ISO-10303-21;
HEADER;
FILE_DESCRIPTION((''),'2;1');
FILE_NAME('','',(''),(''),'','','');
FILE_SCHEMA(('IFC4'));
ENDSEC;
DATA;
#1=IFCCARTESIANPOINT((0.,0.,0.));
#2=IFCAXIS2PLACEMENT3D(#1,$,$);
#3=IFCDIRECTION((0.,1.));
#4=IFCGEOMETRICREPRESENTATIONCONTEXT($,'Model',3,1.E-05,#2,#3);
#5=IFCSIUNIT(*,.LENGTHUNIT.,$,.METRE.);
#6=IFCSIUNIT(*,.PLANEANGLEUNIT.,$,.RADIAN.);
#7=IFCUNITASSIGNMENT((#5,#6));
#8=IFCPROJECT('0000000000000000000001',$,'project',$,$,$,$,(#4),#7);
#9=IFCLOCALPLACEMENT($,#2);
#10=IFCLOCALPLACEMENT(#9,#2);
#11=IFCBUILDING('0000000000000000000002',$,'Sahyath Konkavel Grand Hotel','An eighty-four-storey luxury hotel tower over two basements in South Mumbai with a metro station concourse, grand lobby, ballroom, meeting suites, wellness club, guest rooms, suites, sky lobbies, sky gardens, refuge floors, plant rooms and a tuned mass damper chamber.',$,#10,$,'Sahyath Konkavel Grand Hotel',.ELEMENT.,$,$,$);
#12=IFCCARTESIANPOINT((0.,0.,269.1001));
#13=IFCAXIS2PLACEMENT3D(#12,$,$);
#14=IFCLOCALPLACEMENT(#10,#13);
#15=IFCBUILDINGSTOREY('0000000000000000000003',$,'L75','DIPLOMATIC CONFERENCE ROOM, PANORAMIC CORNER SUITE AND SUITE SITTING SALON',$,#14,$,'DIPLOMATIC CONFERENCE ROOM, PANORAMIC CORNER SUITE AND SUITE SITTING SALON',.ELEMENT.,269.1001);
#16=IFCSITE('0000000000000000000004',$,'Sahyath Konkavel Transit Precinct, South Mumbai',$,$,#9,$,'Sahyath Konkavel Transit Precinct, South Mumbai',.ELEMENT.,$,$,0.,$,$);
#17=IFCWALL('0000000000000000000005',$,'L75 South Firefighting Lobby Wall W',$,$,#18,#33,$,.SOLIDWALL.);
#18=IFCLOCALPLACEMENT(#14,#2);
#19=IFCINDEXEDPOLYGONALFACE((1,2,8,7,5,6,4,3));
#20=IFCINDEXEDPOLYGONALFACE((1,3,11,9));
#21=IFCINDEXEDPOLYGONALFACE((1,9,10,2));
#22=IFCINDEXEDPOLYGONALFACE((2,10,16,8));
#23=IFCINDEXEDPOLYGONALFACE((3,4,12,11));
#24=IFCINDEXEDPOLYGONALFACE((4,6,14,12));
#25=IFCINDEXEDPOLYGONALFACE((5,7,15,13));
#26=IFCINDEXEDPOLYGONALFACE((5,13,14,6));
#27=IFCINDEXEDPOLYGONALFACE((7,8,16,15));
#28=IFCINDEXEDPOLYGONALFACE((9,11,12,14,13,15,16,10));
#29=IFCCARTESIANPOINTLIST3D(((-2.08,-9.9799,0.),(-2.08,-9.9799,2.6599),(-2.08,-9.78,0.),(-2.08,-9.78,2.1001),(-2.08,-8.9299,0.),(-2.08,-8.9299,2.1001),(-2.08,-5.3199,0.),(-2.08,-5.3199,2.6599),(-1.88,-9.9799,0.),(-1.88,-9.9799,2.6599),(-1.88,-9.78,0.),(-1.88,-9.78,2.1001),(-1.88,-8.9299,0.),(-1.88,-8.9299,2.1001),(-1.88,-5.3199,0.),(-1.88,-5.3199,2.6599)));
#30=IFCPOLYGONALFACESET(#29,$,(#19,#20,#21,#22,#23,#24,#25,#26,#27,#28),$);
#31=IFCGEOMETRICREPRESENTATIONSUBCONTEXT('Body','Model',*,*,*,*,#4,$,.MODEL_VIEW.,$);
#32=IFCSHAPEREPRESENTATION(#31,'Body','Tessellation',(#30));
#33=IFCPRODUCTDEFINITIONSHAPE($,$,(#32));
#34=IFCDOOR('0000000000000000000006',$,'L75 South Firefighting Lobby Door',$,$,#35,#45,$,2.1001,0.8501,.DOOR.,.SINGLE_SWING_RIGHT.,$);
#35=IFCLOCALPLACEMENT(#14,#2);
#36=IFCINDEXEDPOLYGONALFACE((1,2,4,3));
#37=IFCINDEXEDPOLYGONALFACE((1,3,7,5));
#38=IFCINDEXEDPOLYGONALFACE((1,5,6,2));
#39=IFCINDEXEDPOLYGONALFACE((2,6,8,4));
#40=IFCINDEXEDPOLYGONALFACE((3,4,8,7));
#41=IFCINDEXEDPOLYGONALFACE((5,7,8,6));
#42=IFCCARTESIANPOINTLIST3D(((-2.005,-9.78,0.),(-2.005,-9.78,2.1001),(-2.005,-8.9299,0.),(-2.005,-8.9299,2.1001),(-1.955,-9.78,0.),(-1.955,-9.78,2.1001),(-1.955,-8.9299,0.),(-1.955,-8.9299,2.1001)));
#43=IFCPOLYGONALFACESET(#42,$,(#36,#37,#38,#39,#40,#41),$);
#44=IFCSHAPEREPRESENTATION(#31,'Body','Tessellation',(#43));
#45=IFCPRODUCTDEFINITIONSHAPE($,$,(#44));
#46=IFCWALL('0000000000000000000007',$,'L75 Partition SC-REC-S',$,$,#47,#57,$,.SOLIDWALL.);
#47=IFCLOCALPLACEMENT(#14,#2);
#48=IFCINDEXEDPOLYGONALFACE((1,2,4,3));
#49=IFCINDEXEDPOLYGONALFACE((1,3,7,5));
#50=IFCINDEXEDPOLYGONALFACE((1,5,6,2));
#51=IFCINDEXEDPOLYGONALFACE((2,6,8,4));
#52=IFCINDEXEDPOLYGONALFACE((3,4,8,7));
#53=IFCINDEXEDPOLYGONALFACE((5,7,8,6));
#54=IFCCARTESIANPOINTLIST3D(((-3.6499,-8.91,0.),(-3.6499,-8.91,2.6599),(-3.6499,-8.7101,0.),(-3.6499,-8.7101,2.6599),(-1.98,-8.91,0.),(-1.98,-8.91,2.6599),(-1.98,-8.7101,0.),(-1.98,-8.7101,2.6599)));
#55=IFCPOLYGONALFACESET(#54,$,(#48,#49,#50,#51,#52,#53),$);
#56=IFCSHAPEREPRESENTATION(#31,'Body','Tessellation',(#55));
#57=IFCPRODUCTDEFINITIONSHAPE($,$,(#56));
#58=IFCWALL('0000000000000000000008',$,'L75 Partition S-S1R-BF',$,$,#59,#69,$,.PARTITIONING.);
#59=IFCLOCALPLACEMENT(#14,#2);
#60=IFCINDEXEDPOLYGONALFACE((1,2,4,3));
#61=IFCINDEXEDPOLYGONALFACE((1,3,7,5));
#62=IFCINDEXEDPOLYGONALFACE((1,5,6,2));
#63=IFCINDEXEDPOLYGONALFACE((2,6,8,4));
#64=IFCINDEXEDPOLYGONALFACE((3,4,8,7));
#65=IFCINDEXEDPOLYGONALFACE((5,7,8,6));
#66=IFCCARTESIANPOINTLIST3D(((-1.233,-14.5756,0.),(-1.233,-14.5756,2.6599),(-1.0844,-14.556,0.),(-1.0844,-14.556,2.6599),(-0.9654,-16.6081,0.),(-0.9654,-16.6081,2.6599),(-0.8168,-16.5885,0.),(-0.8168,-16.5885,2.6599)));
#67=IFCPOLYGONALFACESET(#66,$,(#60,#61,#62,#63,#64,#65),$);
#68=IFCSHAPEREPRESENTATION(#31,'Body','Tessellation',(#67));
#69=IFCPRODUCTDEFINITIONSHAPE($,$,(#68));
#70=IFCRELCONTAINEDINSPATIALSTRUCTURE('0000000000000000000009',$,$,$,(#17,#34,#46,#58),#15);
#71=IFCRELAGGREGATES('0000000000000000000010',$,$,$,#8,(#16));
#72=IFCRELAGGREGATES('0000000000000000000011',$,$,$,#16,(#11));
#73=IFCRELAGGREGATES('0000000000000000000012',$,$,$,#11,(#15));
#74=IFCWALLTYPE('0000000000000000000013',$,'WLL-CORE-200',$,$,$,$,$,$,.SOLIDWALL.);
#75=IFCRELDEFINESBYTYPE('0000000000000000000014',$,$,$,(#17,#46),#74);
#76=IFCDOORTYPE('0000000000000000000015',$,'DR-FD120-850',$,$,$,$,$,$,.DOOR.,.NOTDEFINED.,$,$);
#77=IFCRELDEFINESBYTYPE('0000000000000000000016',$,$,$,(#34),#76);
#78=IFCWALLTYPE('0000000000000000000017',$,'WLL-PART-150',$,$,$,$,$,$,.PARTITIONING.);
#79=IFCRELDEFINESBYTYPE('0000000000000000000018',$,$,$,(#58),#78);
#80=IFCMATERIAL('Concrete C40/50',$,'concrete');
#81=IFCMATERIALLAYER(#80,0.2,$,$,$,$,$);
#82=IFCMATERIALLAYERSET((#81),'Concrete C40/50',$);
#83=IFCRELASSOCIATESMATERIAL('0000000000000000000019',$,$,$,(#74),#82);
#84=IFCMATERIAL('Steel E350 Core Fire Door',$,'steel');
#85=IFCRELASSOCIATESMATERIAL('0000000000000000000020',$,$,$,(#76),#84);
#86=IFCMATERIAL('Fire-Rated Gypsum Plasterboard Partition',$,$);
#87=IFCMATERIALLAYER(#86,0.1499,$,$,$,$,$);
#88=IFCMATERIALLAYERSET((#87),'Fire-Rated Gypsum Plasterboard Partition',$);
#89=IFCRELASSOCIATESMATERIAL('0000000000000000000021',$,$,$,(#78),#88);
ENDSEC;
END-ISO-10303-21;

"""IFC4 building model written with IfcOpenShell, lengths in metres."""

from ifc_helpers import new_model, si_unit, direction, frame, frame_2d, origin, origin_2d, place, context, subcontext, project, spatial, rectangle, extrude, source, transform, mapped, material, layer, layer_set, type_object, element, fill, save


model = new_model("IFC4")

# Units and contexts
model_context = context("Model", 3, precision=1e-05, world=origin(), true_north=direction((0.0, 1.0)))
body_context = subcontext(model_context, "Body", "Model", "MODEL_VIEW")
ifc_project = project(units=[si_unit("LENGTHUNIT", "METRE"), si_unit("PLANEANGLEUNIT", "RADIAN")], contexts=[model_context])

# Site, building, storey
site_placement = place(None, origin())
site = spatial("IfcSite", under=ifc_project, at=site_placement, Name="Sahyath Konkavel Transit Precinct, South Mumbai", LongName="Sahyath Konkavel Transit Precinct, South Mumbai", CompositionType="ELEMENT", RefElevation=0.0)
building_placement = place(site_placement, origin())
building = spatial("IfcBuilding", under=site, at=building_placement, Name="Sahyath Konkavel Grand Hotel", Description="An eighty-four-storey luxury hotel tower over two basements in South Mumbai with a metro station concourse, grand lobby, ballroom, meeting suites, wellness club, guest rooms, suites, sky lobbies, sky gardens, refuge floors, plant rooms and a tuned mass damper chamber.", LongName="Sahyath Konkavel Grand Hotel", CompositionType="ELEMENT")
storey_placement = place(building_placement, frame((0.0, 0.0, 269.1001)))
storey = spatial("IfcBuildingStorey", under=building, at=storey_placement, Name="L75", Description="DIPLOMATIC CONFERENCE ROOM, PANORAMIC CORNER SUITE AND SUITE SITTING SALON", LongName="DIPLOMATIC CONFERENCE ROOM, PANORAMIC CORNER SUITE AND SUITE SITTING SALON", CompositionType="ELEMENT", Elevation=269.1001)

# Shared definitions
ifc_material_1 = material(Name="Concrete C40/50", Category="concrete")

# Wall, opening, door
ifc_layer_1 = layer(ifc_material_1, 0.2)
ifc_layer_set_1 = layer_set([ifc_layer_1], Name="Concrete C40/50")
wall_type_1 = type_object("IfcWallType", Name="WLL-CORE-200", PredefinedType="SOLIDWALL", material=ifc_layer_set_1)
wall_1_placement = place(storey_placement, frame((-1.98, -9.98, 0.0), z_axis=(0.0, 0.0, 1.0), x_axis=(0.0, 1.0, 0.0)))
wall_1 = element("IfcWall", 1, at=wall_1_placement, inside=storey, type_object=wall_type_1, Name="L75 South Firefighting Lobby Wall W", PredefinedType="SOLIDWALL", context=body_context, shape_type="SweptSolid", body=[
    extrude(rectangle(XDim=4.6599, YDim=0.2, at=frame_2d((2.3301, 0.0))), origin(), (0.0, 0.0, 1.0), 2.6599),
])
opening_1_placement = place(wall_1_placement, frame((0.2, 0.0, 0.0)))
opening_1 = element("IfcOpeningElement", 2, at=opening_1_placement, cuts=wall_1, PredefinedType="OPENING", context=body_context, shape_type="SweptSolid", body=[
    extrude(rectangle(XDim=0.8501, YDim=2.1001, at=frame_2d((0.425, 1.05))), frame((0.0, 0.1099, 0.0), z_axis=(0.0, -1.0, 0.0), x_axis=(1.0, 0.0, 0.0)), (0.0, 0.0, 1.0), 0.22),
])
ifc_material_2 = material(Name="Steel E350 Core Fire Door", Category="steel")
door_type_1 = type_object("IfcDoorType", Name="DR-FD120-850", OperationType="NOTDEFINED", PredefinedType="DOOR", material=ifc_material_2)
shared_shape_1 = source(origin(), body_context, "Body", "SweptSolid", [
    extrude(rectangle(XDim=0.8501, YDim=0.05, at=origin_2d()), origin(), (0.0, 0.0, 1.0), 2.1001),
])
door_1_placement = place(opening_1_placement, frame((0.425, 0.0, 0.0)))
door_1 = element("IfcDoor", 3, at=door_1_placement, inside=storey, type_object=door_type_1, Name="L75 South Firefighting Lobby Door", OperationType="SINGLE_SWING_RIGHT", OverallHeight=2.1001, OverallWidth=0.8501, PredefinedType="DOOR", context=body_context, shape_type="MappedRepresentation", body=[
    mapped(shared_shape_1, transform((0.0, 0.0, 0.0), scale=1.0)),
])
fill(opening_1, door_1)

# Walls
wall_2_placement = place(storey_placement, frame((-3.6499, -8.8101, 0.0), z_axis=(0.0, 0.0, 1.0), x_axis=(1.0, 0.0, 0.0)))
element("IfcWall", 4, at=wall_2_placement, inside=storey, type_object=wall_type_1, Name="L75 Partition SC-REC-S", PredefinedType="SOLIDWALL", context=body_context, shape_type="SweptSolid", body=[
    extrude(rectangle(XDim=1.6699, YDim=0.2, at=frame_2d((0.835, 0.0))), origin(), (0.0, 0.0, 1.0), 2.6599),
])
ifc_material_3 = material(Name="Fire-Rated Gypsum Plasterboard Partition")
ifc_layer_2 = layer(ifc_material_3, 0.1499)
ifc_layer_set_2 = layer_set([ifc_layer_2], Name="Fire-Rated Gypsum Plasterboard Partition")
wall_type_2 = type_object("IfcWallType", Name="WLL-PART-150", PredefinedType="PARTITIONING", material=ifc_layer_set_2)
wall_3_placement = place(storey_placement, frame((-1.1587, -14.5659, 0.0), z_axis=(0.0, 0.0, 1.0), x_axis=(0.130525, -0.991445, 0.0)))
element("IfcWall", 5, at=wall_3_placement, inside=storey, type_object=wall_type_2, Name="L75 Partition S-S1R-BF", PredefinedType="PARTITIONING", context=body_context, shape_type="SweptSolid", body=[
    extrude(rectangle(XDim=2.05, YDim=0.1499, at=frame_2d((1.0249, 0.0))), origin(), (0.0, 0.0, 1.0), 2.6599),
])

save(model, "model.ifc")
